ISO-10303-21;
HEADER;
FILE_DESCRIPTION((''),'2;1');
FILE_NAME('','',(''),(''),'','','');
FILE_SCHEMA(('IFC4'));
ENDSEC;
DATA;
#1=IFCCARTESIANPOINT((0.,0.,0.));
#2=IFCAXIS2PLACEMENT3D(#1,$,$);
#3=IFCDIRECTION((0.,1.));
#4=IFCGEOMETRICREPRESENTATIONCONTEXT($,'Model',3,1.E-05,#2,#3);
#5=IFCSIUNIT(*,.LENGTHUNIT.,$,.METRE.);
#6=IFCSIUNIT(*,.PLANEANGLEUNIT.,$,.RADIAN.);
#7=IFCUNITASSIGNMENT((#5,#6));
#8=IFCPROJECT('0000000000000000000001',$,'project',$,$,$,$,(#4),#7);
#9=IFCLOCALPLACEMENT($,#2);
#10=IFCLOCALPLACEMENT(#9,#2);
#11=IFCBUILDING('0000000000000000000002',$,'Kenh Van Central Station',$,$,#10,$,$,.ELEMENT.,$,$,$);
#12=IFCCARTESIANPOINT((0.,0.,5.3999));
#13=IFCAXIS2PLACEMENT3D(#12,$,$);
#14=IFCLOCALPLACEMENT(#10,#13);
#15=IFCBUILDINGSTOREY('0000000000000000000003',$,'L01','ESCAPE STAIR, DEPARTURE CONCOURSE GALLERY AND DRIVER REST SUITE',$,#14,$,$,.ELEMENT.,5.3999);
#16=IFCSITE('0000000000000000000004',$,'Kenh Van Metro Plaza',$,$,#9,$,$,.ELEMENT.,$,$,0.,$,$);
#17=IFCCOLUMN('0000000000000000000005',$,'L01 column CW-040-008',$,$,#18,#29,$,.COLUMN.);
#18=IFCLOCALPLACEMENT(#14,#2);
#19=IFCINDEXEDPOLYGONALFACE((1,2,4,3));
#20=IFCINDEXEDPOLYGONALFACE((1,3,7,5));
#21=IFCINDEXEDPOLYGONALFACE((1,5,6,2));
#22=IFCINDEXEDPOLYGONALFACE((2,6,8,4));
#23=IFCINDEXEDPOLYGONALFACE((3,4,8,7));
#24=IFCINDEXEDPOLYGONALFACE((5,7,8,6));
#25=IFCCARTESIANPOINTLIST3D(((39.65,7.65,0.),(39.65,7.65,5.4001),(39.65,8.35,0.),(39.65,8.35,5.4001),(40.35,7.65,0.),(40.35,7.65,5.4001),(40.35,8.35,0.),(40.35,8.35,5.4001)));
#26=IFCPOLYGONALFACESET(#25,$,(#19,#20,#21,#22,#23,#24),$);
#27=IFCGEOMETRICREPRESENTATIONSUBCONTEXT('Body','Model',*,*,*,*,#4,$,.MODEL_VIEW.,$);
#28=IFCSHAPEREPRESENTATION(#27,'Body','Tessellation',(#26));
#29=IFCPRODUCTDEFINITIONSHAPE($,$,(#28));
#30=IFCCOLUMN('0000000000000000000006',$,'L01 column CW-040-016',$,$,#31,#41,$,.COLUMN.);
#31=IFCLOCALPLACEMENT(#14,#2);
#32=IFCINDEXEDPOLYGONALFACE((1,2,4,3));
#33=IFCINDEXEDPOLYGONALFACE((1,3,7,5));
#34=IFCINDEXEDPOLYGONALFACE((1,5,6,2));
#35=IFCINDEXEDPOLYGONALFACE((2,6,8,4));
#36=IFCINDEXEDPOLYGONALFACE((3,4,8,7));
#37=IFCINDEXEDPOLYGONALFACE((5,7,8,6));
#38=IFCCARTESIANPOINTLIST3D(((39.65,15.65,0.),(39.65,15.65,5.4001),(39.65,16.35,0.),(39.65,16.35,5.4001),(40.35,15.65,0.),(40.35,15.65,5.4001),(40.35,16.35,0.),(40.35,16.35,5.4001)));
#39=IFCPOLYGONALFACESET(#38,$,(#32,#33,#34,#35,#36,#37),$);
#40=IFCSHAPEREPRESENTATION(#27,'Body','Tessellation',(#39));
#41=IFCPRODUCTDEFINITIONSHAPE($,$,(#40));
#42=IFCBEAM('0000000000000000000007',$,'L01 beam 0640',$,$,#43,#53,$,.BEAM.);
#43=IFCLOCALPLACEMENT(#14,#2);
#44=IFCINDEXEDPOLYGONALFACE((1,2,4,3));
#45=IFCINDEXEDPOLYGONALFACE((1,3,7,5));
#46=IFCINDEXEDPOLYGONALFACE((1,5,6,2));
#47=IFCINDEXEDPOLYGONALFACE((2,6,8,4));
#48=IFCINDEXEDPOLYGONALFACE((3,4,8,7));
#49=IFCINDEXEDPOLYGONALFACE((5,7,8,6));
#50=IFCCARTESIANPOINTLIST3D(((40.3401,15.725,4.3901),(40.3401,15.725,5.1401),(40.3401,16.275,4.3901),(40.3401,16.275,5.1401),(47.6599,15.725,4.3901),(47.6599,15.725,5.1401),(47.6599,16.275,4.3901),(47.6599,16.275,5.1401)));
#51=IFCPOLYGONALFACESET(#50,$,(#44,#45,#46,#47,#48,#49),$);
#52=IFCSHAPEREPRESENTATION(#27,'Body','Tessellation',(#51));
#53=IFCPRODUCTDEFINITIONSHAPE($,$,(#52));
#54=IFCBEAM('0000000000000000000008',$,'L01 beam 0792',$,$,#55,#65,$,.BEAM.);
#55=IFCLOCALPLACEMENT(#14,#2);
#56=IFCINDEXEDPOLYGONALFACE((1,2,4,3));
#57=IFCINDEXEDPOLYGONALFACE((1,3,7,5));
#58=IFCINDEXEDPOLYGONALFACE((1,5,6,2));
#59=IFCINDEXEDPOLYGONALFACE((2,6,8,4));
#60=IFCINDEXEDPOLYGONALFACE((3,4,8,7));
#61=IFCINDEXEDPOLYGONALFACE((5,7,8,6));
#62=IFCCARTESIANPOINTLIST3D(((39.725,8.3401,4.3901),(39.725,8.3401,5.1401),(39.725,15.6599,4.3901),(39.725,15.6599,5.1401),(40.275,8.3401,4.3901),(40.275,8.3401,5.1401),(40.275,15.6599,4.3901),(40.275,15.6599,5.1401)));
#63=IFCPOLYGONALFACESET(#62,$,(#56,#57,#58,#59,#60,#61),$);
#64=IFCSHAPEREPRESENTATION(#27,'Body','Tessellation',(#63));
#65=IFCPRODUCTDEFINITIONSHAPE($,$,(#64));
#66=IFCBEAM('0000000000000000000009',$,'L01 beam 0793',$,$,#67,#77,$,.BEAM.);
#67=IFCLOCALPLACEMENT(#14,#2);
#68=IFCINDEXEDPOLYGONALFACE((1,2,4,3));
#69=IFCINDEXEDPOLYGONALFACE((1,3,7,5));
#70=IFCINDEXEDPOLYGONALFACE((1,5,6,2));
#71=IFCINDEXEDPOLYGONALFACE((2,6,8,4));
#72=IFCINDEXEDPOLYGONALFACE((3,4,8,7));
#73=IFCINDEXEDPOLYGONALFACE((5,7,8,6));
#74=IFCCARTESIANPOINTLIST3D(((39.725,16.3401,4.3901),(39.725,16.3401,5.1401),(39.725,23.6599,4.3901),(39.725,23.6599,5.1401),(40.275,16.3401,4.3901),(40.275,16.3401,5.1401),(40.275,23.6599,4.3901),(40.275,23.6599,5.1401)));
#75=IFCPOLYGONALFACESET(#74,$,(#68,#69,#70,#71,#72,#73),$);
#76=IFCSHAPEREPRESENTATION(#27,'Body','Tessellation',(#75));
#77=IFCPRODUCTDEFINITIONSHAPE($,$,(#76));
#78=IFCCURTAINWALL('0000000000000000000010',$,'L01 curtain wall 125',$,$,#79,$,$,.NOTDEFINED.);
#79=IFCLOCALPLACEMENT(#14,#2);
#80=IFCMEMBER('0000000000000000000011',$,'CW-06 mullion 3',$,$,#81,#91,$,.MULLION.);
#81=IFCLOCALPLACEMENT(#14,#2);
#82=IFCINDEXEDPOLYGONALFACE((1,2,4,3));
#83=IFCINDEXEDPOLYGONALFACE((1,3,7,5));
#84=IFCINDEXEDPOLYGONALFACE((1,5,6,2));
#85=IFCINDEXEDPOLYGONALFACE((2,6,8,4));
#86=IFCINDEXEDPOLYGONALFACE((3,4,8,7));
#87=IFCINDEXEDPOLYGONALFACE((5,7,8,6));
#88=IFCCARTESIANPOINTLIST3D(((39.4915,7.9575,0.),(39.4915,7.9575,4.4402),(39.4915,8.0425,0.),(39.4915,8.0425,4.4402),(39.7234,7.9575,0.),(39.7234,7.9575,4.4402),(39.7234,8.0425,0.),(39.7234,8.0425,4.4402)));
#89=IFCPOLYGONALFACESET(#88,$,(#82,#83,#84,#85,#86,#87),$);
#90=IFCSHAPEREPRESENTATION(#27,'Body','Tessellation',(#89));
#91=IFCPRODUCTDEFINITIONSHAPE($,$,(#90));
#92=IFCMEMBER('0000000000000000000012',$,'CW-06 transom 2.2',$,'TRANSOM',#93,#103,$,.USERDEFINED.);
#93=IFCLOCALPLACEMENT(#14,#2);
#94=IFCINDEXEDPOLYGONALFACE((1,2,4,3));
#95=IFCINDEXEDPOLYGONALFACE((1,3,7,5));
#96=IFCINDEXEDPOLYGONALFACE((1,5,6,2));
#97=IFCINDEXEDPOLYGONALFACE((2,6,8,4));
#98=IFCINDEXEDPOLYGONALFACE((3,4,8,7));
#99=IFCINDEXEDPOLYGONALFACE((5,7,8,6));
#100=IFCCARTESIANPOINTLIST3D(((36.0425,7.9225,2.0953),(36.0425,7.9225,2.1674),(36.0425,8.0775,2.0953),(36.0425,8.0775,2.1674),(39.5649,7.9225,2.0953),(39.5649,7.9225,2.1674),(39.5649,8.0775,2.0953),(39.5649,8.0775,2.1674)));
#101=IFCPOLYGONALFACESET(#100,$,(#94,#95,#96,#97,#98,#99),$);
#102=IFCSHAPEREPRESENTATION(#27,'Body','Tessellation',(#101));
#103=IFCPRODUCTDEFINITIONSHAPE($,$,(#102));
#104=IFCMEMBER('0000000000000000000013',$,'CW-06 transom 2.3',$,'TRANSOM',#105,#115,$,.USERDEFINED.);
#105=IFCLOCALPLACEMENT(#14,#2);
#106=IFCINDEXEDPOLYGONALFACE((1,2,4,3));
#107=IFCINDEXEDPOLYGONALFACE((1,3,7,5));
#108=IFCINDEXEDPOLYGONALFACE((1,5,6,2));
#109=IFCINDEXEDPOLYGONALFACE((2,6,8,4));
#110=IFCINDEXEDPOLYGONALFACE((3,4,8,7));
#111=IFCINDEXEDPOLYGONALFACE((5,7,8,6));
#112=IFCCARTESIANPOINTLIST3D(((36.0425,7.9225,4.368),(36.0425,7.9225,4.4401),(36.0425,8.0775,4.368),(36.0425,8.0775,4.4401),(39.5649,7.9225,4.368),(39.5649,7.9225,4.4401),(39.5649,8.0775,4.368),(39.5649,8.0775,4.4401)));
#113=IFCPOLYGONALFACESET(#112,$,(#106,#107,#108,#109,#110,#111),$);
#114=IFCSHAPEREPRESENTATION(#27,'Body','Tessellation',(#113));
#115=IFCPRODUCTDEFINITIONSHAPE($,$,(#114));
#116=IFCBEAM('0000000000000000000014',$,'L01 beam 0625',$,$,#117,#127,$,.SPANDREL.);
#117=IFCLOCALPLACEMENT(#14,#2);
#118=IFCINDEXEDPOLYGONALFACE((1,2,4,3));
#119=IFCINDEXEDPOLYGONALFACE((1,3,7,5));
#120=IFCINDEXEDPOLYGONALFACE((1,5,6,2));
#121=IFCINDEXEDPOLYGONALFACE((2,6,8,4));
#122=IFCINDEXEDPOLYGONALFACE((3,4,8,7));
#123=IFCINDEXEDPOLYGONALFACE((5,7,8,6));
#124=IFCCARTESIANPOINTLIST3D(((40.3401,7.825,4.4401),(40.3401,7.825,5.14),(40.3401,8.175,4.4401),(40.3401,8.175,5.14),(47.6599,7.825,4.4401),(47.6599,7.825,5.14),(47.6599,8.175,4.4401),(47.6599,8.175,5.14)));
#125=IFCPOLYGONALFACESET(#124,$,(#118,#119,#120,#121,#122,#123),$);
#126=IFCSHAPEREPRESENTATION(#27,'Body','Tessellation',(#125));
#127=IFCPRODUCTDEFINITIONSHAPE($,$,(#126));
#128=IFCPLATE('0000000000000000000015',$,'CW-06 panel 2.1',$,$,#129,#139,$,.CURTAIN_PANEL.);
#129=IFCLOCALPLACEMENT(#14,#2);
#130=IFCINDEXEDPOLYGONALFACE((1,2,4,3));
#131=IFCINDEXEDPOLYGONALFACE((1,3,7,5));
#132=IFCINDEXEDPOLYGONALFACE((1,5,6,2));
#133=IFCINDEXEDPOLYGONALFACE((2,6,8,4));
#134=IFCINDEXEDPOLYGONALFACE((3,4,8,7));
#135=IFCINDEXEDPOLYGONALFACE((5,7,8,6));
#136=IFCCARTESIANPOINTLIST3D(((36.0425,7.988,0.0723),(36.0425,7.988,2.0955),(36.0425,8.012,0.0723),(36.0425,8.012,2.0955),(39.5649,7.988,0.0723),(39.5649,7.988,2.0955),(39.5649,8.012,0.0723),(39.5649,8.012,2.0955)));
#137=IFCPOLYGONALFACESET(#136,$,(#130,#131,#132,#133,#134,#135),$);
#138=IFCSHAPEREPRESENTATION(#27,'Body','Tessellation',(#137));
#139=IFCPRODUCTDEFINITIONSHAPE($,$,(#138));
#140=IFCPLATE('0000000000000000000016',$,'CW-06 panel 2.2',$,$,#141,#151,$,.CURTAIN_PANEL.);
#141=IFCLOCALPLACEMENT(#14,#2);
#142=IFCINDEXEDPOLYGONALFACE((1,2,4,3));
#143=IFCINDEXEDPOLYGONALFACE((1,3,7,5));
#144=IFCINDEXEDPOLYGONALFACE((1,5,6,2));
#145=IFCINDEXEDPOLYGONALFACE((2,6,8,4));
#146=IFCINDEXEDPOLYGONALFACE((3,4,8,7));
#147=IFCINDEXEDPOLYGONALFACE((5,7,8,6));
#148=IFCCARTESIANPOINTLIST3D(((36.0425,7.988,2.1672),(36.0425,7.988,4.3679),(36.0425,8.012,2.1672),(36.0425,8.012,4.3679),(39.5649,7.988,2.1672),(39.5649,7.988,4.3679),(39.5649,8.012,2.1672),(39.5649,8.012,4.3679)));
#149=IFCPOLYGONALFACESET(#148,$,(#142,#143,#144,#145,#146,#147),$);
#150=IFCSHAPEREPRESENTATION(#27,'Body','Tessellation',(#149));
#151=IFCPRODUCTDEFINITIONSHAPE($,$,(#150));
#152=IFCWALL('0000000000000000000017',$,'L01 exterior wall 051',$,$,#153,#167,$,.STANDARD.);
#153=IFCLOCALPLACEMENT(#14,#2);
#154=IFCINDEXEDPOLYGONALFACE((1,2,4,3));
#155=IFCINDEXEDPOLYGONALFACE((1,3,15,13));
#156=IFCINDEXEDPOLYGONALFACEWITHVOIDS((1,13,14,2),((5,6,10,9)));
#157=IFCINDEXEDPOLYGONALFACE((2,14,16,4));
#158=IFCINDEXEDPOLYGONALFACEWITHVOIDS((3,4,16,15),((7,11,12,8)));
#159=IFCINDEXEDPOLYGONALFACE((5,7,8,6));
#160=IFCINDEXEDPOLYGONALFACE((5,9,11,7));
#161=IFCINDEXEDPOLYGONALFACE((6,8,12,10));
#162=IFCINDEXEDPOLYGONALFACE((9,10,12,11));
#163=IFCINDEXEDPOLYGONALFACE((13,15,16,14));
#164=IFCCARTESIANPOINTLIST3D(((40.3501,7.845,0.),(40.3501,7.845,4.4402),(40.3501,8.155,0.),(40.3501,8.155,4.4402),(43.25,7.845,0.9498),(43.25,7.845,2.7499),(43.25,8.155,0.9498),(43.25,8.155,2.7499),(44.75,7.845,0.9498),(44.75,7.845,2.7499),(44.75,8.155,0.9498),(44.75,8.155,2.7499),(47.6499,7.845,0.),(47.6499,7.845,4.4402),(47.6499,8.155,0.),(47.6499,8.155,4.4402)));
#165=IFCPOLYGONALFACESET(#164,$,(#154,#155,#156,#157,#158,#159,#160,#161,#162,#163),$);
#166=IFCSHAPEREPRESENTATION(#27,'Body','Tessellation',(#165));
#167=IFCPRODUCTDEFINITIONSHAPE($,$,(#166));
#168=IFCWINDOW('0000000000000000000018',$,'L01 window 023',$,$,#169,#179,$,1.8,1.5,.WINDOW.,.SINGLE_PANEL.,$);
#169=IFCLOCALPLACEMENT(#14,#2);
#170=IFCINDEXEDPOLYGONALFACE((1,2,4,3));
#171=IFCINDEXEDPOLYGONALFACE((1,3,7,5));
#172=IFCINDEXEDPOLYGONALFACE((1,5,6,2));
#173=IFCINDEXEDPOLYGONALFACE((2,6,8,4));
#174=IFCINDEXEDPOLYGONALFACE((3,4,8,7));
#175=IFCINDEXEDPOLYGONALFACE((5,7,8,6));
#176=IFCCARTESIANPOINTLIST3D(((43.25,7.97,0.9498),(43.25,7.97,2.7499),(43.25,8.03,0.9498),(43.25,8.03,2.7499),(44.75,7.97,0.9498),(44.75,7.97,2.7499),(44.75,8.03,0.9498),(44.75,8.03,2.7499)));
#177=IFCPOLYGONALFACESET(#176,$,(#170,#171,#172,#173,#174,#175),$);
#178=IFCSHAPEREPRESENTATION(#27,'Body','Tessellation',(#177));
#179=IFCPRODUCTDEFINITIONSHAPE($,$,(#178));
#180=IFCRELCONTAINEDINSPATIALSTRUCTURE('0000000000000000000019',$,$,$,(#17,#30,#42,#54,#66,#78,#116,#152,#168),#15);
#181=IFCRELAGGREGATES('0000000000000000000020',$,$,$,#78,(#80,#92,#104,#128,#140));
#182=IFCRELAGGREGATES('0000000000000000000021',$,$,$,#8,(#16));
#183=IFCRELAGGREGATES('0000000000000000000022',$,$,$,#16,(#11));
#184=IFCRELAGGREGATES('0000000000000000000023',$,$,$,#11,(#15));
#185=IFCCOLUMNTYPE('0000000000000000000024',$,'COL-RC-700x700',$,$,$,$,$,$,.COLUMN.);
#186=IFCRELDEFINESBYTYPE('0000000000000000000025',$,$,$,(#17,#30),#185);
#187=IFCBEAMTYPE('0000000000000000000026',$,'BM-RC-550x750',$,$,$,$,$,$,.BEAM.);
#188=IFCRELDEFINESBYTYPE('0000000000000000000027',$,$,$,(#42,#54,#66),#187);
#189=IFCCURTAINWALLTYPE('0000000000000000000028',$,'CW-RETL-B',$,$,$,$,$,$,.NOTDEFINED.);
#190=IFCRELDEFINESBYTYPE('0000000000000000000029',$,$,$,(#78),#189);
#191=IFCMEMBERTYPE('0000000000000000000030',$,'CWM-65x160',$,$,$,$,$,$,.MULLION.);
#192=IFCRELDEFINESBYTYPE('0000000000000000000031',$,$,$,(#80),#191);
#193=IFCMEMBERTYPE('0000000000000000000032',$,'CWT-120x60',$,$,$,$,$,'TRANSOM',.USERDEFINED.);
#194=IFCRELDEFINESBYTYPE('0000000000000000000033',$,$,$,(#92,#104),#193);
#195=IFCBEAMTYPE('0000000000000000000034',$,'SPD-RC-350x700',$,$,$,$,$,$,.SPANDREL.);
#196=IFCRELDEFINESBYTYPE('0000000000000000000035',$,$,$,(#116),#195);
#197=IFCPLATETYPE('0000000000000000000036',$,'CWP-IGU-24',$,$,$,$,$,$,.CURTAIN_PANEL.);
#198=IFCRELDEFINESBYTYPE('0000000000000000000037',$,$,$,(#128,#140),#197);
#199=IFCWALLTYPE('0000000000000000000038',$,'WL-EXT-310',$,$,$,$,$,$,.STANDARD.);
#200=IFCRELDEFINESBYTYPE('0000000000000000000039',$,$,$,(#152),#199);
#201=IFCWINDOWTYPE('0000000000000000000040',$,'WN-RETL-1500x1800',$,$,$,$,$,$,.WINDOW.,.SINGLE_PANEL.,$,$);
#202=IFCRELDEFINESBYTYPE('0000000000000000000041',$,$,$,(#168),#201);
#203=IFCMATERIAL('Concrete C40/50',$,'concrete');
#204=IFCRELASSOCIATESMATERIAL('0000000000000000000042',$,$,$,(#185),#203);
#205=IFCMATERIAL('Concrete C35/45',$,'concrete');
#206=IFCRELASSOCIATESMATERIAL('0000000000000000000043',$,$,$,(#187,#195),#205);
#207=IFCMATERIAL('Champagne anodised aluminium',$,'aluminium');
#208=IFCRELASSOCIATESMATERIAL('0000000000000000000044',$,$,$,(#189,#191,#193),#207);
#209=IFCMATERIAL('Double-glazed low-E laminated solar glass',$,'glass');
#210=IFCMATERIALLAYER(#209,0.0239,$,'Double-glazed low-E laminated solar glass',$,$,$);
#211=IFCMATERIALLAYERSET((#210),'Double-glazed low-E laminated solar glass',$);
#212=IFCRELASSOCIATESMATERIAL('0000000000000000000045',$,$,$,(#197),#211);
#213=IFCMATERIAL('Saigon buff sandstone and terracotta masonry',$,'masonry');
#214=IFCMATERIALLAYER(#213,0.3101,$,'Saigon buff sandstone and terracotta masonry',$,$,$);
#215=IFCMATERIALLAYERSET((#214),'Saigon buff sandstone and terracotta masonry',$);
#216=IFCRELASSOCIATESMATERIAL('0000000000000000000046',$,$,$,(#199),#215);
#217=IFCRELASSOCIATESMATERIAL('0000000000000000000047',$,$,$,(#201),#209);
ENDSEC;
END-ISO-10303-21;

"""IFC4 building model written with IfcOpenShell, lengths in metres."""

from ifc_helpers import new_model, si_unit, direction, frame, frame_2d, origin, origin_2d, place, context, subcontext, project, spatial, rectangle, extrude, material, layer, layer_set, material_profile, profile_set, type_object, element, fill, aggregate, save


model = new_model("IFC4")

# Units and contexts
model_context = context("Model", 3, precision=1e-05, world=origin(), true_north=direction((0.0, 1.0)))
body_context = subcontext(model_context, "Body", "Model", "MODEL_VIEW")
ifc_project = project(units=[si_unit("LENGTHUNIT", "METRE"), si_unit("PLANEANGLEUNIT", "RADIAN")], contexts=[model_context])

# Site, building, storey
site_placement = place(None, origin())
site = spatial("IfcSite", under=ifc_project, at=site_placement, Name="Kenh Van Metro Plaza", CompositionType="ELEMENT", RefElevation=0.0)
building_placement = place(site_placement, origin())
building = spatial("IfcBuilding", under=site, at=building_placement, Name="Kenh Van Central Station", CompositionType="ELEMENT")
storey_placement = place(building_placement, frame((0.0, 0.0, 5.3999)))
storey = spatial("IfcBuildingStorey", under=building, at=storey_placement, Name="L01", Description="ESCAPE STAIR, DEPARTURE CONCOURSE GALLERY AND DRIVER REST SUITE", CompositionType="ELEMENT", Elevation=5.3999)

# Columns
ifc_material_1 = material(Name="Concrete C40/50", Category="concrete")
ifc_material_profile_1 = material_profile(ifc_material_1, rectangle(XDim=0.7, YDim=0.7, at=origin_2d()), Name="RC 700x700")
ifc_profile_set_1 = profile_set([ifc_material_profile_1], Name="Concrete C40/50")
column_type = type_object("IfcColumnType", Name="COL-RC-700x700", PredefinedType="COLUMN", material=ifc_profile_set_1)
for number, where, z_axis, x_axis, name in (
    (1, (40.0, 8.0, 0.0), (0.0, 0.0, 1.0), (1.0, 0.0, 0.0), "L01 column CW-040-008"),
    (2, (40.0, 16.0, 0.0), (0.0, 0.0, 1.0), (1.0, 0.0, 0.0), "L01 column CW-040-016"),
):
    element("IfcColumn", number, at=place(storey_placement, frame(where, z_axis=z_axis, x_axis=x_axis)), inside=storey, type_object=column_type, Name=name, PredefinedType="COLUMN", context=body_context, shape_type="SweptSolid", body=[
        extrude(rectangle(XDim=0.7, YDim=0.7, at=origin_2d()), origin(), (0.0, 0.0, 1.0), 5.4001),
    ])

# Beams
ifc_material_2 = material(Name="Concrete C35/45", Category="concrete")
ifc_material_profile_2 = material_profile(ifc_material_2, rectangle(XDim=0.55, YDim=0.75, at=origin_2d()), Name="RC 550x750")
ifc_profile_set_2 = profile_set([ifc_material_profile_2], Name="Concrete C35/45")
beam_type_1 = type_object("IfcBeamType", Name="BM-RC-550x750", PredefinedType="BEAM", material=ifc_profile_set_2)
for number, where, z_axis, x_axis, name in (
    (3, (40.3401, 16.0, 4.7651), (1.0, 0.0, 0.0), (0.0, 1.0, 0.0), "L01 beam 0640"),
    (4, (40.0, 8.3401, 4.7651), (0.0, 1.0, 0.0), (-1.0, 0.0, 0.0), "L01 beam 0792"),
    (5, (40.0, 16.3401, 4.7651), (0.0, 1.0, 0.0), (-1.0, 0.0, 0.0), "L01 beam 0793"),
):
    element("IfcBeam", number, at=place(storey_placement, frame(where, z_axis=z_axis, x_axis=x_axis)), inside=storey, type_object=beam_type_1, Name=name, PredefinedType="BEAM", context=body_context, shape_type="SweptSolid", body=[
        extrude(rectangle(XDim=0.55, YDim=0.75, at=origin_2d()), origin(), (0.0, 0.0, 1.0), 7.3198),
    ])

# Curtain wall, members
ifc_material_3 = material(Name="Champagne anodised aluminium", Category="aluminium")
curtain_wall_type = type_object("IfcCurtainWallType", Name="CW-RETL-B", PredefinedType="NOTDEFINED", material=ifc_material_3)
curtain_wall_placement = place(storey_placement, origin())
curtain_wall = element("IfcCurtainWall", 6, at=curtain_wall_placement, inside=storey, type_object=curtain_wall_type, Name="L01 curtain wall 125", PredefinedType="NOTDEFINED")
ifc_material_profile_3 = material_profile(ifc_material_3, rectangle(XDim=0.085, YDim=0.2319, at=origin_2d()), Name="AL 85x232")
ifc_profile_set_3 = profile_set([ifc_material_profile_3], Name="Champagne anodised aluminium")
member_type_1 = type_object("IfcMemberType", Name="CWM-65x160", PredefinedType="MULLION", material=ifc_profile_set_3)
member_1_placement = place(storey_placement, frame((39.6074, 8.0, 0.0), z_axis=(0.0, 0.0, 1.0), x_axis=(0.0, 1.0, 0.0)))
member_1 = element("IfcMember", 7, at=member_1_placement, type_object=member_type_1, Name="CW-06 mullion 3", PredefinedType="MULLION", context=body_context, shape_type="SweptSolid", body=[
    extrude(rectangle(XDim=0.085, YDim=0.2319, at=origin_2d()), origin(), (0.0, 0.0, 1.0), 4.4402),
])
ifc_material_profile_4 = material_profile(ifc_material_3, rectangle(XDim=0.155, YDim=0.072, at=origin_2d()), Name="AL 155x72")
ifc_profile_set_4 = profile_set([ifc_material_profile_4], Name="Champagne anodised aluminium")
member_type_2 = type_object("IfcMemberType", Name="CWT-120x60", ElementType="TRANSOM", PredefinedType="USERDEFINED", material=ifc_profile_set_4)
member_2_placement = place(storey_placement, frame((36.0425, 8.0, 2.1313), z_axis=(1.0, 0.0, 0.0), x_axis=(0.0, 1.0, 0.0)))
member_2 = element("IfcMember", 8, at=member_2_placement, type_object=member_type_2, Name="CW-06 transom 2.2", ObjectType="TRANSOM", PredefinedType="USERDEFINED", context=body_context, shape_type="SweptSolid", body=[
    extrude(rectangle(XDim=0.155, YDim=0.072, at=origin_2d()), origin(), (0.0, 0.0, 1.0), 3.5225),
])
member_3_placement = place(storey_placement, frame((36.0425, 8.0, 4.4041), z_axis=(1.0, 0.0, 0.0), x_axis=(0.0, 1.0, 0.0)))
member_3 = element("IfcMember", 9, at=member_3_placement, type_object=member_type_2, Name="CW-06 transom 2.3", ObjectType="TRANSOM", PredefinedType="USERDEFINED", context=body_context, shape_type="SweptSolid", body=[
    extrude(rectangle(XDim=0.155, YDim=0.072, at=origin_2d()), origin(), (0.0, 0.0, 1.0), 3.5225),
])

# Beam
ifc_material_profile_5 = material_profile(ifc_material_2, rectangle(XDim=0.3501, YDim=0.7, at=origin_2d()), Name="RC 350x700")
ifc_profile_set_5 = profile_set([ifc_material_profile_5], Name="Concrete C35/45")
beam_type_2 = type_object("IfcBeamType", Name="SPD-RC-350x700", PredefinedType="SPANDREL", material=ifc_profile_set_5)
beam_placement = place(storey_placement, frame((40.3401, 8.0, 4.79), z_axis=(1.0, 0.0, 0.0), x_axis=(0.0, 1.0, 0.0)))
element("IfcBeam", 10, at=beam_placement, inside=storey, type_object=beam_type_2, Name="L01 beam 0625", PredefinedType="SPANDREL", context=body_context, shape_type="SweptSolid", body=[
    extrude(rectangle(XDim=0.3501, YDim=0.7, at=origin_2d()), origin(), (0.0, 0.0, 1.0), 7.3198),
])

# Plates
ifc_material_4 = material(Name="Double-glazed low-E laminated solar glass", Category="glass")
ifc_layer_1 = layer(ifc_material_4, 0.0239, Name="Double-glazed low-E laminated solar glass")
ifc_layer_set_1 = layer_set([ifc_layer_1], Name="Double-glazed low-E laminated solar glass")
plate_type = type_object("IfcPlateType", Name="CWP-IGU-24", PredefinedType="CURTAIN_PANEL", material=ifc_layer_set_1)
plate_1_placement = place(storey_placement, frame((37.8037, 8.0, 0.0723), z_axis=(0.0, 0.0, 1.0), x_axis=(1.0, 0.0, 0.0)))
plate_1 = element("IfcPlate", 11, at=plate_1_placement, type_object=plate_type, Name="CW-06 panel 2.1", PredefinedType="CURTAIN_PANEL", context=body_context, shape_type="SweptSolid", body=[
    extrude(rectangle(XDim=3.5225, YDim=0.0239, at=origin_2d()), origin(), (0.0, 0.0, 1.0), 2.0232),
])
plate_2_placement = place(storey_placement, frame((37.8037, 8.0, 2.1672), z_axis=(0.0, 0.0, 1.0), x_axis=(1.0, 0.0, 0.0)))
plate_2 = element("IfcPlate", 12, at=plate_2_placement, type_object=plate_type, Name="CW-06 panel 2.2", PredefinedType="CURTAIN_PANEL", context=body_context, shape_type="SweptSolid", body=[
    extrude(rectangle(XDim=3.5225, YDim=0.0239, at=origin_2d()), origin(), (0.0, 0.0, 1.0), 2.2007),
])
aggregate(curtain_wall, [member_1, member_2, member_3, plate_1, plate_2])

# Wall, opening, window
ifc_material_5 = material(Name="Saigon buff sandstone and terracotta masonry", Category="masonry")
ifc_layer_2 = layer(ifc_material_5, 0.3101, Name="Saigon buff sandstone and terracotta masonry")
ifc_layer_set_2 = layer_set([ifc_layer_2], Name="Saigon buff sandstone and terracotta masonry")
wall_type_1 = type_object("IfcWallType", Name="WL-EXT-310", PredefinedType="STANDARD", material=ifc_layer_set_2)
wall_1_placement = place(storey_placement, frame((40.3501, 8.0, 0.0), z_axis=(0.0, 0.0, 1.0), x_axis=(1.0, 0.0, 0.0)))
wall_1 = element("IfcWall", 13, at=wall_1_placement, inside=storey, type_object=wall_type_1, Name="L01 exterior wall 051", PredefinedType="STANDARD", context=body_context, shape_type="SweptSolid", body=[
    extrude(rectangle(XDim=7.2998, YDim=0.3101, at=frame_2d((3.6499, 0.0))), origin(), (0.0, 0.0, 1.0), 4.4402),
])
opening_1_placement = place(wall_1_placement, frame((2.8999, 0.0, 0.95)))
opening_1 = element("IfcOpeningElement", 14, at=opening_1_placement, cuts=wall_1, PredefinedType="OPENING", context=body_context, shape_type="SweptSolid", body=[
    extrude(rectangle(XDim=1.5, YDim=1.8, at=frame_2d((0.75, 0.8999))), frame((0.0, 0.165, 0.0), z_axis=(0.0, -1.0, 0.0), x_axis=(1.0, 0.0, 0.0)), (0.0, 0.0, 1.0), 0.3301),
])
window_type = type_object("IfcWindowType", Name="WN-RETL-1500x1800", PartitioningType="SINGLE_PANEL", PredefinedType="WINDOW", material=ifc_material_4)
window_placement = place(opening_1_placement, origin())
window = element("IfcWindow", 15, at=window_placement, inside=storey, type_object=window_type, Name="L01 window 023", OverallHeight=1.8, OverallWidth=1.5, PartitioningType="SINGLE_PANEL", PredefinedType="WINDOW", context=body_context, shape_type="SweptSolid", body=[
    extrude(rectangle(XDim=1.5, YDim=1.8, at=frame_2d((0.75, 0.8999))), frame((0.0, 0.03, 0.0), z_axis=(0.0, -1.0, 0.0), x_axis=(1.0, 0.0, 0.0)), (0.0, 0.0, 1.0), 0.0601),
])
fill(opening_1, window)

save(model, "model.ifc")
